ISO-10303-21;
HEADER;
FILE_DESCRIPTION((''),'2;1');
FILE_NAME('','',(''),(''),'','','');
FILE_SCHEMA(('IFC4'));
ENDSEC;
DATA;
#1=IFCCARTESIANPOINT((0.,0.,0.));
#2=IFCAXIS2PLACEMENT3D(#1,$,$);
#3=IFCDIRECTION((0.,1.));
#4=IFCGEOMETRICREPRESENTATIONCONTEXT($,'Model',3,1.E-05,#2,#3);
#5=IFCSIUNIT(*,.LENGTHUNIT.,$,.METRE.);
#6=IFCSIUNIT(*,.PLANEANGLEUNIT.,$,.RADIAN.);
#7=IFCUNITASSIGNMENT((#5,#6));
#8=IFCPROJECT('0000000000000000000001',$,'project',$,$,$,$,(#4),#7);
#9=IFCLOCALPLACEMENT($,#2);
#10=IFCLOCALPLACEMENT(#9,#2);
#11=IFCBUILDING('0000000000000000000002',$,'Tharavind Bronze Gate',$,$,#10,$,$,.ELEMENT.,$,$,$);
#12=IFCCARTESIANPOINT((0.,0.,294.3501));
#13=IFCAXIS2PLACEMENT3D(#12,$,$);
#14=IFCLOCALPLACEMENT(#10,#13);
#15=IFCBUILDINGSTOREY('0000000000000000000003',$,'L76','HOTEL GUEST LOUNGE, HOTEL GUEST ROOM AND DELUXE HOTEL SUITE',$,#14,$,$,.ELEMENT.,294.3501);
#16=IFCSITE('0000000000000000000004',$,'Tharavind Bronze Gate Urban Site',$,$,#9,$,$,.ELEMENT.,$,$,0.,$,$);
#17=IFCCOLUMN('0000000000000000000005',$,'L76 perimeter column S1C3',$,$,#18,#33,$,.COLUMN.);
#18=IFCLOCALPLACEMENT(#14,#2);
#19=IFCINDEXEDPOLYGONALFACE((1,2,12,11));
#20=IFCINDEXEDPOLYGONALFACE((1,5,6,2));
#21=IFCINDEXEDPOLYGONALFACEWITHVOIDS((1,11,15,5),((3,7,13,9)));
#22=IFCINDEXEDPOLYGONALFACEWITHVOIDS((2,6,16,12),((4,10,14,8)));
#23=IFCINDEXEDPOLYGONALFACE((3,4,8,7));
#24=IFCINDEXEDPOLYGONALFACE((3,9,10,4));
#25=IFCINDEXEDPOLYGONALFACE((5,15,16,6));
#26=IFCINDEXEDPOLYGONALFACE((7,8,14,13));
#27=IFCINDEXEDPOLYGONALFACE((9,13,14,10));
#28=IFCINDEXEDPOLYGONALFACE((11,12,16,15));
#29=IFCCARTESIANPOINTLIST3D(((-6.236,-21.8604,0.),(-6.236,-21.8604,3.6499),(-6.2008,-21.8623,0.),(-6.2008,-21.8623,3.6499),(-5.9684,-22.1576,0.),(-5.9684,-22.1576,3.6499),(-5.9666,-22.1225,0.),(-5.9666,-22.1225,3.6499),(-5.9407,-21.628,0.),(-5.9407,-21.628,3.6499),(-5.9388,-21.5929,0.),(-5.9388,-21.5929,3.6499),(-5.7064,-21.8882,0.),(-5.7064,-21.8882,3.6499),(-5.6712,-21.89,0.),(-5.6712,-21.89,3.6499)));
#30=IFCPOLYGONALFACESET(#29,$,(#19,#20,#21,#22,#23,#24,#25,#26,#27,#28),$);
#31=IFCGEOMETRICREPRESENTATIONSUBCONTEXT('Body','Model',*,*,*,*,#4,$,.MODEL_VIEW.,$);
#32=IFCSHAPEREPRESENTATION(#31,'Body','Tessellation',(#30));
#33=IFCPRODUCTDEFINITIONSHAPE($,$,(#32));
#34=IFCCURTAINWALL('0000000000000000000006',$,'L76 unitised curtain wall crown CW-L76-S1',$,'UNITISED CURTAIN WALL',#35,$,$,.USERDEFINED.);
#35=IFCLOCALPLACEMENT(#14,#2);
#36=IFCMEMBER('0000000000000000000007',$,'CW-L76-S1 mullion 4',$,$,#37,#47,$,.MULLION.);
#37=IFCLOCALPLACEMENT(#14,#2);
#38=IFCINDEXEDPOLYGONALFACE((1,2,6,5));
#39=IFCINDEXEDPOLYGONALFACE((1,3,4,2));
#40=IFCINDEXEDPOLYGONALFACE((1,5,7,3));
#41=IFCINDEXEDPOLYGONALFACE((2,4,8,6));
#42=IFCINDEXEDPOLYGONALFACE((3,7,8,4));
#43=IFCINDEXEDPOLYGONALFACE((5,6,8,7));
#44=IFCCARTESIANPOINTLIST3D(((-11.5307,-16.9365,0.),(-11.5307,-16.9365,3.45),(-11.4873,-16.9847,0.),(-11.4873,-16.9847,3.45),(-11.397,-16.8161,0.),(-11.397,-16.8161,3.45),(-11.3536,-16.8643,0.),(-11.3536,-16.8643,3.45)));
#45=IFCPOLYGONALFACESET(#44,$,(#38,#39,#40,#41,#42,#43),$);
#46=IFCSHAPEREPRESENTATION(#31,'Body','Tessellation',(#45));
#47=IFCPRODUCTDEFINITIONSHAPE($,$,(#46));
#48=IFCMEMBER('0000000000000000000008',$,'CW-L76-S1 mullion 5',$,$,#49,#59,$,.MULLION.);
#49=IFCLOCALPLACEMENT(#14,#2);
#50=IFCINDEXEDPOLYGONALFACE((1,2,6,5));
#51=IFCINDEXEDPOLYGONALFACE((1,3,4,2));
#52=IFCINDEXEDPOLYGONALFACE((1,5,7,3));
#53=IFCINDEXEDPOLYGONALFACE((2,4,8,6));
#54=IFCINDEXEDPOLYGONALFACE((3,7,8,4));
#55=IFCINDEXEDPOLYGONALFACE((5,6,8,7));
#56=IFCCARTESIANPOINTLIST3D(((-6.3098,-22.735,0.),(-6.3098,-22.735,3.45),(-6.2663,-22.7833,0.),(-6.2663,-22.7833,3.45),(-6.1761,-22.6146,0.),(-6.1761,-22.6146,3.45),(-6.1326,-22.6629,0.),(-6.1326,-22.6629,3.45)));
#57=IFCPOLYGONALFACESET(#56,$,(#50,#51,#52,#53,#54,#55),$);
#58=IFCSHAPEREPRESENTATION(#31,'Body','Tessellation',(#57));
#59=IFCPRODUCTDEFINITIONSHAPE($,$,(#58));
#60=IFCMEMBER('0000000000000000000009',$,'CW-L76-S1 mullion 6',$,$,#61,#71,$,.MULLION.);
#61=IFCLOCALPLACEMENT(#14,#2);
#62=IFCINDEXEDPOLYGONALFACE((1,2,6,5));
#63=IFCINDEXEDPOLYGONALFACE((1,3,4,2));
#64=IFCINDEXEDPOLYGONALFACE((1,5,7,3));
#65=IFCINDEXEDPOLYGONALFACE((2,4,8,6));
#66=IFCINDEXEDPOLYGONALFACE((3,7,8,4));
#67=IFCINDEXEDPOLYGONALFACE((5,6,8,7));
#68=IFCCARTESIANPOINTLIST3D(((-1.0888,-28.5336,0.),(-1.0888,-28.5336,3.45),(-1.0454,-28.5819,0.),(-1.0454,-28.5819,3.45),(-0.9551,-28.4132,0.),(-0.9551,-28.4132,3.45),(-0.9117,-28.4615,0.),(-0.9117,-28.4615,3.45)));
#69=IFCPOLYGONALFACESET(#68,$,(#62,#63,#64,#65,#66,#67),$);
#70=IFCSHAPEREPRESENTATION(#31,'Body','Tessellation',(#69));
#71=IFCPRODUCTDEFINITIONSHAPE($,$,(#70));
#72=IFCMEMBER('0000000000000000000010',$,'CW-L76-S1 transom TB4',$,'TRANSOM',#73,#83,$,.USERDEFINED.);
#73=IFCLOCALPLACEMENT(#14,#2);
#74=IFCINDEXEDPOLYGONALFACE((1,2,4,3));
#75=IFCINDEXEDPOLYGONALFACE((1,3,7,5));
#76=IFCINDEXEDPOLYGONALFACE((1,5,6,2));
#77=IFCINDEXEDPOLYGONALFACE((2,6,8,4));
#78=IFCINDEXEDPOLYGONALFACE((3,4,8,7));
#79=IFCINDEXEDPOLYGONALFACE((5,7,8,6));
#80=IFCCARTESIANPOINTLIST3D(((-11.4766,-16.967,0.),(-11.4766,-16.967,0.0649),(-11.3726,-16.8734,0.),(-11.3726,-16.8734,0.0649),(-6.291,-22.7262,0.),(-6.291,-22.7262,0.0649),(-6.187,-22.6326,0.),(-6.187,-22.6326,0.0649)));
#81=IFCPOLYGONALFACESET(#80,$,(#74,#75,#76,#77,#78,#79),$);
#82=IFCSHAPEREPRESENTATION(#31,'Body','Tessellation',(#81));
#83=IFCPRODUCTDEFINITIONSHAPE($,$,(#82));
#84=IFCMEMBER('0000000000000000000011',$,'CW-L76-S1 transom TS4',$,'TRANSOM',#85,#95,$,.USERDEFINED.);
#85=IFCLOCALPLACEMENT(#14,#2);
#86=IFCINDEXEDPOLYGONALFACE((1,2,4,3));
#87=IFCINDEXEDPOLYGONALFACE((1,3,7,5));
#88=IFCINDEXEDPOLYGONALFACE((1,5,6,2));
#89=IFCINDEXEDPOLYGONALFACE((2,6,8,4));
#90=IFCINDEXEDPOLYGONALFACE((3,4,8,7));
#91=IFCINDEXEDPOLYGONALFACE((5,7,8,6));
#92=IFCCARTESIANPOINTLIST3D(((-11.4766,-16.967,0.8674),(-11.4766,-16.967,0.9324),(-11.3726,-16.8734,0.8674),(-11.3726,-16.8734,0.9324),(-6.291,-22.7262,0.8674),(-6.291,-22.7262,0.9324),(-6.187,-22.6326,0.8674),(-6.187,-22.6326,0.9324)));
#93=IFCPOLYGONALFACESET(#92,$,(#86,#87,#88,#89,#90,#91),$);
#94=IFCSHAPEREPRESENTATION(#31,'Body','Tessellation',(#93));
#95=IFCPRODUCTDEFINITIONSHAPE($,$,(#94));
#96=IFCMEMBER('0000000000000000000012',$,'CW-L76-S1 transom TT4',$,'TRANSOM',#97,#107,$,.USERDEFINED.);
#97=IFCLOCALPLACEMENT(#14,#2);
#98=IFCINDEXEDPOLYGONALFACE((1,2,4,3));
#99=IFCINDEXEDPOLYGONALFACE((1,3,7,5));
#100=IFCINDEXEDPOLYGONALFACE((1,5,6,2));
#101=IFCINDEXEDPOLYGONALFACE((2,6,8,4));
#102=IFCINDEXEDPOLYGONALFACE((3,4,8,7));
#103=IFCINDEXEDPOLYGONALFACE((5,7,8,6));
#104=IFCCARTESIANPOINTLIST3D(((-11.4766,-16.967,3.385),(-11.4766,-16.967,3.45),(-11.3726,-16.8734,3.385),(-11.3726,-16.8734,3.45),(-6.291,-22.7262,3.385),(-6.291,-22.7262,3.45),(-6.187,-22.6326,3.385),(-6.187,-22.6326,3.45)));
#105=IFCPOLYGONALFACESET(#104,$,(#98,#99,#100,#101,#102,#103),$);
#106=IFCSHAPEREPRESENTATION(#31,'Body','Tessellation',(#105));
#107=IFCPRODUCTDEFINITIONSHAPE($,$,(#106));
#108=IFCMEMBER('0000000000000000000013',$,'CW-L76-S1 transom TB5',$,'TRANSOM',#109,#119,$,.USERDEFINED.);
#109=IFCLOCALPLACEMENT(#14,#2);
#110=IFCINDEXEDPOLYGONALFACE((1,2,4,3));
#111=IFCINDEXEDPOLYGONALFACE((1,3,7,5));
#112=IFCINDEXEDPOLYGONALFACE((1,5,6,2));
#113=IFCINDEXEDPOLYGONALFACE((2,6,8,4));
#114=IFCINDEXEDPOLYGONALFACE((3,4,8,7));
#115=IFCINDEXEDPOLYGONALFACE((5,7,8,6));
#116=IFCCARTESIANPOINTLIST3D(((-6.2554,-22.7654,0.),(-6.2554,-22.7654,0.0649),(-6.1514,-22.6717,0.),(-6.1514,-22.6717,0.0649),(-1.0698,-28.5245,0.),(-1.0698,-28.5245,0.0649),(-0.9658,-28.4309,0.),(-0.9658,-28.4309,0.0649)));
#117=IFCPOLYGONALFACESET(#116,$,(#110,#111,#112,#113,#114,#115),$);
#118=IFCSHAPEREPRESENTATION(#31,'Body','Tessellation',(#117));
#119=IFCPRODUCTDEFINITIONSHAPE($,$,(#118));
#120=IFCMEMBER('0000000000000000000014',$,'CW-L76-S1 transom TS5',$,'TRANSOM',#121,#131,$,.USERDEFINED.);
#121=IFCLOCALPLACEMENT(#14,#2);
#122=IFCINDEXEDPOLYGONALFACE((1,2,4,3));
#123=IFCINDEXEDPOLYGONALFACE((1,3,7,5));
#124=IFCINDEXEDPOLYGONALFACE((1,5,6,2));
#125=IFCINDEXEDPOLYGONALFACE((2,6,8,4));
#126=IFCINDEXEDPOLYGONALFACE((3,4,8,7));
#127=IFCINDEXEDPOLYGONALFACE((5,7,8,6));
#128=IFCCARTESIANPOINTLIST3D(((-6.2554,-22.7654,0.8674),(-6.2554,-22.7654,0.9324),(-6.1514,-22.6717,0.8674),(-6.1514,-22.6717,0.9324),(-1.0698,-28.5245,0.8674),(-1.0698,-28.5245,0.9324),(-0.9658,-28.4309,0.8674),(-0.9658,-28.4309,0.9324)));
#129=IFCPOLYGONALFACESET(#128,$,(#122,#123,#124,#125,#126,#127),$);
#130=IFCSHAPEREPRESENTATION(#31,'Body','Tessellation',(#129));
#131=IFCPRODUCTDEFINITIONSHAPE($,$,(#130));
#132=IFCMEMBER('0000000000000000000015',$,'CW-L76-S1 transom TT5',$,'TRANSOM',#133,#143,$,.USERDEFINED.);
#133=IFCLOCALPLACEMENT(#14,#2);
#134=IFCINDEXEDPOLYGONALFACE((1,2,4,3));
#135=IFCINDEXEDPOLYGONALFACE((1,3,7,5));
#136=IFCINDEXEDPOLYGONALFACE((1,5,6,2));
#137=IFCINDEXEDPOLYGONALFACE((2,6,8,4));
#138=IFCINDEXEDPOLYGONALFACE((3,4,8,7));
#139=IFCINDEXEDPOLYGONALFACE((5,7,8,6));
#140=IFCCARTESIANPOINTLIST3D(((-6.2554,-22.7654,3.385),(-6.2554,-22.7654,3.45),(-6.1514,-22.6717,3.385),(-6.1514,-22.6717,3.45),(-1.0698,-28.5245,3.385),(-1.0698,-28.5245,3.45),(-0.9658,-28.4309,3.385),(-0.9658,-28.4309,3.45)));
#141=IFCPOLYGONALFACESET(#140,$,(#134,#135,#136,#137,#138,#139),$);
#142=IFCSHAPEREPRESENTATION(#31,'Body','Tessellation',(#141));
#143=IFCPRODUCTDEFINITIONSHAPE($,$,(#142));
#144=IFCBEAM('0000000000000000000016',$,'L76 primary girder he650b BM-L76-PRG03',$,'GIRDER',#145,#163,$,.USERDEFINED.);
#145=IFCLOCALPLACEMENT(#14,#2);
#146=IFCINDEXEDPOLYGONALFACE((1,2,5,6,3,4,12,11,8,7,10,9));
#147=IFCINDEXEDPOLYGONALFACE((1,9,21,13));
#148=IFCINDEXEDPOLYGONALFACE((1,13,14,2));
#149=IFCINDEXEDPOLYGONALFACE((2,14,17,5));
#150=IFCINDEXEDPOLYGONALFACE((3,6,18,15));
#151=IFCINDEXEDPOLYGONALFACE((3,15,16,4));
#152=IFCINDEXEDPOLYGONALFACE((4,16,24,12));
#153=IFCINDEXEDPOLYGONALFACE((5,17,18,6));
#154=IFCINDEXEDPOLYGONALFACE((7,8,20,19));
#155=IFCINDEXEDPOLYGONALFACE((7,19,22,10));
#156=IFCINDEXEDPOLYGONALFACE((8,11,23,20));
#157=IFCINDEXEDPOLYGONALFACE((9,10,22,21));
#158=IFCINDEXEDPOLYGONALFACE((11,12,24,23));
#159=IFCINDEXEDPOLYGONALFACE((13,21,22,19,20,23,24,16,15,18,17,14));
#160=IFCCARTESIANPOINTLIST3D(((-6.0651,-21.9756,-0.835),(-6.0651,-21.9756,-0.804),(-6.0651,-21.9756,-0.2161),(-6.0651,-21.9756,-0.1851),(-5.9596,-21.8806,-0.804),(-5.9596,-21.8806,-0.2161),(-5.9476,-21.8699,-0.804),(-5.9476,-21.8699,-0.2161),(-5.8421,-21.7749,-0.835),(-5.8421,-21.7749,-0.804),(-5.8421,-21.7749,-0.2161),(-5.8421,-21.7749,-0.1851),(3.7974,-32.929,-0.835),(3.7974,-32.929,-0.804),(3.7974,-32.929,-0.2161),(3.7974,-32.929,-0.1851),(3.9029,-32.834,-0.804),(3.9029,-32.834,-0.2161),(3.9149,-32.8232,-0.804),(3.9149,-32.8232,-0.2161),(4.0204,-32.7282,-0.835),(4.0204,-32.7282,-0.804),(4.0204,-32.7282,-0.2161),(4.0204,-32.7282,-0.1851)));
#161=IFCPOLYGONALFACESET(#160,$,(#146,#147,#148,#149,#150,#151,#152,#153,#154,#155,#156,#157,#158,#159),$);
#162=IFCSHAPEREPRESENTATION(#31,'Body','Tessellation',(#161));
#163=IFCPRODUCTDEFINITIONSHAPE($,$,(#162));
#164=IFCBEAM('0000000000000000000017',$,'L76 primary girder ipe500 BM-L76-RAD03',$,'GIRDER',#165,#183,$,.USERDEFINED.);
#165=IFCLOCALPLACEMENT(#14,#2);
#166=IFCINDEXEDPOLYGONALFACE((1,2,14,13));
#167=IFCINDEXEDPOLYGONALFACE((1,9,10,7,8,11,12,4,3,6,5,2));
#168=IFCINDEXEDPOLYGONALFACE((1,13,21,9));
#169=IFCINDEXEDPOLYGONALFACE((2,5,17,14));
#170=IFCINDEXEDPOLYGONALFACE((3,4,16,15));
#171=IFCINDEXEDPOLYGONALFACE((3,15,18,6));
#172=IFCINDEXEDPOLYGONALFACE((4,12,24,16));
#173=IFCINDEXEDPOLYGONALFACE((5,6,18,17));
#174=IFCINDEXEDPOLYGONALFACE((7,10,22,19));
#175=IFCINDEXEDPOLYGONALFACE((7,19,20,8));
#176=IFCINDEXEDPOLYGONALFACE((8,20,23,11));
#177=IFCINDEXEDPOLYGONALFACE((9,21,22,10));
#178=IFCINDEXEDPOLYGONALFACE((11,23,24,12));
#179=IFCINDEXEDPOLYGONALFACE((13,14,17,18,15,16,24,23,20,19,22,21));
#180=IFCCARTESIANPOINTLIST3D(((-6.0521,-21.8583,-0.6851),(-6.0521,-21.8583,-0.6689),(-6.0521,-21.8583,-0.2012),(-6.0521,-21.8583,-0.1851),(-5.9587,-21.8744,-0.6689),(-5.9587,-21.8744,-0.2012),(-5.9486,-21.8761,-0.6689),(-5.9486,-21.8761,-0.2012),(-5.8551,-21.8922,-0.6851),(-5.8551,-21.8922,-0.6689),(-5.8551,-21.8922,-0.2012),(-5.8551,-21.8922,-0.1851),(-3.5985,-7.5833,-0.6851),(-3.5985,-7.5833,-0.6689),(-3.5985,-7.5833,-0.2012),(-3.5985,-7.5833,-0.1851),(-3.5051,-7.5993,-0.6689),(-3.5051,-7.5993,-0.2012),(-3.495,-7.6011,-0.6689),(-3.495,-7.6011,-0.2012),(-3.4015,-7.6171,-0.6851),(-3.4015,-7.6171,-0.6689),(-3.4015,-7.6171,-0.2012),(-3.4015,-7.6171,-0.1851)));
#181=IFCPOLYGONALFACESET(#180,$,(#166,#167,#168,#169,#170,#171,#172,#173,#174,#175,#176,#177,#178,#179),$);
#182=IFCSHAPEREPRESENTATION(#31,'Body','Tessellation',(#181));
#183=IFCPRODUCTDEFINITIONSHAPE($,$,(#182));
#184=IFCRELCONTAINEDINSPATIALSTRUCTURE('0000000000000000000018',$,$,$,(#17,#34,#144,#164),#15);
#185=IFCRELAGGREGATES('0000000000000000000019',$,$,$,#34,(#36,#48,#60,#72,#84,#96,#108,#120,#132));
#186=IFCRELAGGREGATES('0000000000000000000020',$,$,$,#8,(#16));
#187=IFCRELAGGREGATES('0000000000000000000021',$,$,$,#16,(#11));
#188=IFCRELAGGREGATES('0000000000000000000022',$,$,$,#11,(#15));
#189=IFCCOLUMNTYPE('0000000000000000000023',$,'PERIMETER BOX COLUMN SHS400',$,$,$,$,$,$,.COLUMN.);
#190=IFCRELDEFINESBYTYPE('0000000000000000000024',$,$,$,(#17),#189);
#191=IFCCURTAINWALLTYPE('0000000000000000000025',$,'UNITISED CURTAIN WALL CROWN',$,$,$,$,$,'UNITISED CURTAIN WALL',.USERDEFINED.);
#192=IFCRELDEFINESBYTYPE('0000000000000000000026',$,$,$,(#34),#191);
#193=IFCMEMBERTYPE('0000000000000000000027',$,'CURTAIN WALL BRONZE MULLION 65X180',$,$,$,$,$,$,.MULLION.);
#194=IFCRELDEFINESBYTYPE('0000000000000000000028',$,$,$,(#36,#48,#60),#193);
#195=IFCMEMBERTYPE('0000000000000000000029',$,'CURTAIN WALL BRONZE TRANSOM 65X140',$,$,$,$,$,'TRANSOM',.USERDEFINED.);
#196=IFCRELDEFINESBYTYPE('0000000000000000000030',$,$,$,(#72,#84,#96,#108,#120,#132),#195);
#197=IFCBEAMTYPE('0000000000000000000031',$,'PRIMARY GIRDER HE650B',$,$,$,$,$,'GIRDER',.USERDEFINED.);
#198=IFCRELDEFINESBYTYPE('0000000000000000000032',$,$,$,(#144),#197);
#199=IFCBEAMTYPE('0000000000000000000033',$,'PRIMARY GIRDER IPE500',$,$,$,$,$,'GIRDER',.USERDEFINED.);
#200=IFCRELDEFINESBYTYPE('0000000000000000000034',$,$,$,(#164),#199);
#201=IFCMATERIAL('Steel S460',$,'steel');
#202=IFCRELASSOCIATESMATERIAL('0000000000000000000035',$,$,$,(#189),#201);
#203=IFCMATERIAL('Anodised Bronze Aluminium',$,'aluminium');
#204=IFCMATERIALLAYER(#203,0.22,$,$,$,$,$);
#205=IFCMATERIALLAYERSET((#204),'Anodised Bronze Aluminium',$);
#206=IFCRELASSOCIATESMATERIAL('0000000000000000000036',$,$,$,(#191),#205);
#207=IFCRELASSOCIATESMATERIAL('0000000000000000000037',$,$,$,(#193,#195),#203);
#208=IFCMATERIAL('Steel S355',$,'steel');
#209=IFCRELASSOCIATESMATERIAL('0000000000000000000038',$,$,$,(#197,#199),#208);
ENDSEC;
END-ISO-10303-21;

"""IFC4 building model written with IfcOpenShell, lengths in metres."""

from ifc_helpers import new_model, si_unit, direction, frame, origin, origin_2d, place, context, subcontext, project, spatial, rectangle, hollow_rectangle, i_section, extrude, material, layer, layer_set, material_profile, profile_set, type_object, element, aggregate, save


model = new_model("IFC4")

# Units and contexts
model_context = context("Model", 3, precision=1e-05, world=origin(), true_north=direction((0.0, 1.0)))
body_context = subcontext(model_context, "Body", "Model", "MODEL_VIEW")
ifc_project = project(units=[si_unit("LENGTHUNIT", "METRE"), si_unit("PLANEANGLEUNIT", "RADIAN")], contexts=[model_context])

# Site, building, storey
site_placement = place(None, origin())
site = spatial("IfcSite", under=ifc_project, at=site_placement, Name="Tharavind Bronze Gate Urban Site", CompositionType="ELEMENT", RefElevation=0.0)
building_placement = place(site_placement, origin())
building = spatial("IfcBuilding", under=site, at=building_placement, Name="Tharavind Bronze Gate", CompositionType="ELEMENT")
storey_placement = place(building_placement, frame((0.0, 0.0, 294.3501)))
storey = spatial("IfcBuildingStorey", under=building, at=storey_placement, Name="L76", Description="HOTEL GUEST LOUNGE, HOTEL GUEST ROOM AND DELUXE HOTEL SUITE", CompositionType="ELEMENT", Elevation=294.3501)

# Column
ifc_material_1 = material(Name="Steel S460", Category="steel")
ifc_material_profile_1 = material_profile(ifc_material_1, hollow_rectangle(XDim=0.3999, YDim=0.3999, WallThickness=0.0249, at=origin_2d()), Name="SHS400X25")
ifc_profile_set_1 = profile_set([ifc_material_profile_1], Name="Steel S460")
column_type = type_object("IfcColumnType", Name="PERIMETER BOX COLUMN SHS400", PredefinedType="COLUMN", material=ifc_profile_set_1)
column_placement = place(storey_placement, frame((-5.9536, -21.8752, 0.0), z_axis=(0.0, 0.0, 1.0), x_axis=(-0.669131, 0.743145, 0.0)))
element("IfcColumn", 1, at=column_placement, inside=storey, type_object=column_type, Name="L76 perimeter column S1C3", PredefinedType="COLUMN", context=body_context, shape_type="SweptSolid", body=[
    extrude(hollow_rectangle(XDim=0.3999, YDim=0.3999, WallThickness=0.0249, at=origin_2d()), origin(), (0.0, 0.0, 1.0), 3.6499),
])

# Curtain wall, members
ifc_material_2 = material(Name="Anodised Bronze Aluminium", Category="aluminium")
ifc_layer_1 = layer(ifc_material_2, 0.22)
ifc_layer_set_1 = layer_set([ifc_layer_1], Name="Anodised Bronze Aluminium")
curtain_wall_type = type_object("IfcCurtainWallType", Name="UNITISED CURTAIN WALL CROWN", ElementType="UNITISED CURTAIN WALL", PredefinedType="USERDEFINED", material=ifc_layer_set_1)
curtain_wall_placement = place(storey_placement, origin())
curtain_wall = element("IfcCurtainWall", 2, at=curtain_wall_placement, inside=storey, type_object=curtain_wall_type, Name="L76 unitised curtain wall crown CW-L76-S1", ObjectType="UNITISED CURTAIN WALL", PredefinedType="USERDEFINED")
member_type_1 = type_object("IfcMemberType", Name="CURTAIN WALL BRONZE MULLION 65X180", PredefinedType="MULLION", material=ifc_material_2)
member_1_placement = place(storey_placement, frame((-11.4421, -16.9004, 0.0), z_axis=(0.0, 0.0, 1.0), x_axis=(0.669131, -0.743145, 0.0)))
member_1 = element("IfcMember", 3, at=member_1_placement, type_object=member_type_1, Name="CW-L76-S1 mullion 4", PredefinedType="MULLION", context=body_context, shape_type="SweptSolid", body=[
    extrude(rectangle(XDim=0.0649, YDim=0.1799, at=origin_2d()), origin(), (0.0, 0.0, 1.0), 3.45),
])
member_2_placement = place(storey_placement, frame((-6.2212, -22.699, 0.0), z_axis=(0.0, 0.0, 1.0), x_axis=(0.669131, -0.743145, 0.0)))
member_2 = element("IfcMember", 4, at=member_2_placement, type_object=member_type_1, Name="CW-L76-S1 mullion 5", PredefinedType="MULLION", context=body_context, shape_type="SweptSolid", body=[
    extrude(rectangle(XDim=0.0649, YDim=0.1799, at=origin_2d()), origin(), (0.0, 0.0, 1.0), 3.45),
])
member_3_placement = place(storey_placement, frame((-1.0002, -28.4976, 0.0), z_axis=(0.0, 0.0, 1.0), x_axis=(0.669131, -0.743145, 0.0)))
member_3 = element("IfcMember", 5, at=member_3_placement, type_object=member_type_1, Name="CW-L76-S1 mullion 6", PredefinedType="MULLION", context=body_context, shape_type="SweptSolid", body=[
    extrude(rectangle(XDim=0.0649, YDim=0.1799, at=origin_2d()), origin(), (0.0, 0.0, 1.0), 3.45),
])
member_type_2 = type_object("IfcMemberType", Name="CURTAIN WALL BRONZE TRANSOM 65X140", ElementType="TRANSOM", PredefinedType="USERDEFINED", material=ifc_material_2)
member_4_placement = place(storey_placement, frame((-8.8318, -19.7998, 0.0), z_axis=(0.0, 0.0, 1.0), x_axis=(0.669131, -0.743145, 0.0)))
member_4 = element("IfcMember", 6, at=member_4_placement, type_object=member_type_2, Name="CW-L76-S1 transom TB4", ObjectType="TRANSOM", PredefinedType="USERDEFINED", context=body_context, shape_type="SweptSolid", body=[
    extrude(rectangle(XDim=7.7498, YDim=0.1399, at=origin_2d()), origin(), (0.0, 0.0, 1.0), 0.0649),
])
member_5_placement = place(storey_placement, frame((-8.8318, -19.7998, 0.8674), z_axis=(0.0, 0.0, 1.0), x_axis=(0.669131, -0.743145, 0.0)))
member_5 = element("IfcMember", 7, at=member_5_placement, type_object=member_type_2, Name="CW-L76-S1 transom TS4", ObjectType="TRANSOM", PredefinedType="USERDEFINED", context=body_context, shape_type="SweptSolid", body=[
    extrude(rectangle(XDim=7.7498, YDim=0.1399, at=origin_2d()), origin(), (0.0, 0.0, 1.0), 0.0649),
])
member_6_placement = place(storey_placement, frame((-8.8318, -19.7998, 3.385), z_axis=(0.0, 0.0, 1.0), x_axis=(0.669131, -0.743145, 0.0)))
member_6 = element("IfcMember", 8, at=member_6_placement, type_object=member_type_2, Name="CW-L76-S1 transom TT4", ObjectType="TRANSOM", PredefinedType="USERDEFINED", context=body_context, shape_type="SweptSolid", body=[
    extrude(rectangle(XDim=7.7498, YDim=0.1399, at=origin_2d()), origin(), (0.0, 0.0, 1.0), 0.0649),
])
member_7_placement = place(storey_placement, frame((-3.6106, -25.5981, 0.0), z_axis=(0.0, 0.0, 1.0), x_axis=(0.669131, -0.743145, 0.0)))
member_7 = element("IfcMember", 9, at=member_7_placement, type_object=member_type_2, Name="CW-L76-S1 transom TB5", ObjectType="TRANSOM", PredefinedType="USERDEFINED", context=body_context, shape_type="SweptSolid", body=[
    extrude(rectangle(XDim=7.7498, YDim=0.1399, at=origin_2d()), origin(), (0.0, 0.0, 1.0), 0.0649),
])
member_8_placement = place(storey_placement, frame((-3.6106, -25.5981, 0.8674), z_axis=(0.0, 0.0, 1.0), x_axis=(0.669131, -0.743145, 0.0)))
member_8 = element("IfcMember", 10, at=member_8_placement, type_object=member_type_2, Name="CW-L76-S1 transom TS5", ObjectType="TRANSOM", PredefinedType="USERDEFINED", context=body_context, shape_type="SweptSolid", body=[
    extrude(rectangle(XDim=7.7498, YDim=0.1399, at=origin_2d()), origin(), (0.0, 0.0, 1.0), 0.0649),
])
member_9_placement = place(storey_placement, frame((-3.6106, -25.5981, 3.385), z_axis=(0.0, 0.0, 1.0), x_axis=(0.669131, -0.743145, 0.0)))
member_9 = element("IfcMember", 11, at=member_9_placement, type_object=member_type_2, Name="CW-L76-S1 transom TT5", ObjectType="TRANSOM", PredefinedType="USERDEFINED", context=body_context, shape_type="SweptSolid", body=[
    extrude(rectangle(XDim=7.7498, YDim=0.1399, at=origin_2d()), origin(), (0.0, 0.0, 1.0), 0.0649),
])

# Beams
ifc_material_3 = material(Name="Steel S355", Category="steel")
ifc_material_profile_2 = material_profile(ifc_material_3, i_section(OverallWidth=0.3, OverallDepth=0.6499, WebThickness=0.0161, FlangeThickness=0.031, at=origin_2d()), Name="HE650B")
ifc_profile_set_2 = profile_set([ifc_material_profile_2], Name="Steel S355")
beam_type_1 = type_object("IfcBeamType", Name="PRIMARY GIRDER HE650B", ElementType="GIRDER", PredefinedType="USERDEFINED", material=ifc_profile_set_2)
beam_1_placement = place(storey_placement, frame((-5.9536, -21.8752, -0.51), z_axis=(0.669134, -0.743142, 0.0), x_axis=(0.743142, 0.669134, 0.0)))
element("IfcBeam", 12, at=beam_1_placement, inside=storey, type_object=beam_type_1, Name="L76 primary girder he650b BM-L76-PRG03", ObjectType="GIRDER", PredefinedType="USERDEFINED", context=body_context, shape_type="SweptSolid", body=[
    extrude(i_section(OverallWidth=0.3, OverallDepth=0.6499, WebThickness=0.0161, FlangeThickness=0.031, at=origin_2d()), origin(), (0.0, 0.0, 1.0), 14.7393),
])
ifc_material_profile_3 = material_profile(ifc_material_3, i_section(OverallWidth=0.2, OverallDepth=0.5, WebThickness=0.0103, FlangeThickness=0.0161, at=origin_2d()), Name="IPE500")
ifc_profile_set_3 = profile_set([ifc_material_profile_3], Name="Steel S355")
beam_type_2 = type_object("IfcBeamType", Name="PRIMARY GIRDER IPE500", ElementType="GIRDER", PredefinedType="USERDEFINED", material=ifc_profile_set_3)
beam_2_placement = place(storey_placement, frame((-5.9536, -21.8752, -0.4351), z_axis=(0.169396, 0.985548, 0.0), x_axis=(-0.985548, 0.169396, 0.0)))
element("IfcBeam", 13, at=beam_2_placement, inside=storey, type_object=beam_type_2, Name="L76 primary girder ipe500 BM-L76-RAD03", ObjectType="GIRDER", PredefinedType="USERDEFINED", context=body_context, shape_type="SweptSolid", body=[
    extrude(i_section(OverallWidth=0.2, OverallDepth=0.5, WebThickness=0.0103, FlangeThickness=0.0161, at=origin_2d()), origin(), (0.0, 0.0, 1.0), 14.4844),
])

aggregate(curtain_wall, [member_1, member_2, member_3, member_4, member_5, member_6, member_7, member_8, member_9])

save(model, "model.ifc")
